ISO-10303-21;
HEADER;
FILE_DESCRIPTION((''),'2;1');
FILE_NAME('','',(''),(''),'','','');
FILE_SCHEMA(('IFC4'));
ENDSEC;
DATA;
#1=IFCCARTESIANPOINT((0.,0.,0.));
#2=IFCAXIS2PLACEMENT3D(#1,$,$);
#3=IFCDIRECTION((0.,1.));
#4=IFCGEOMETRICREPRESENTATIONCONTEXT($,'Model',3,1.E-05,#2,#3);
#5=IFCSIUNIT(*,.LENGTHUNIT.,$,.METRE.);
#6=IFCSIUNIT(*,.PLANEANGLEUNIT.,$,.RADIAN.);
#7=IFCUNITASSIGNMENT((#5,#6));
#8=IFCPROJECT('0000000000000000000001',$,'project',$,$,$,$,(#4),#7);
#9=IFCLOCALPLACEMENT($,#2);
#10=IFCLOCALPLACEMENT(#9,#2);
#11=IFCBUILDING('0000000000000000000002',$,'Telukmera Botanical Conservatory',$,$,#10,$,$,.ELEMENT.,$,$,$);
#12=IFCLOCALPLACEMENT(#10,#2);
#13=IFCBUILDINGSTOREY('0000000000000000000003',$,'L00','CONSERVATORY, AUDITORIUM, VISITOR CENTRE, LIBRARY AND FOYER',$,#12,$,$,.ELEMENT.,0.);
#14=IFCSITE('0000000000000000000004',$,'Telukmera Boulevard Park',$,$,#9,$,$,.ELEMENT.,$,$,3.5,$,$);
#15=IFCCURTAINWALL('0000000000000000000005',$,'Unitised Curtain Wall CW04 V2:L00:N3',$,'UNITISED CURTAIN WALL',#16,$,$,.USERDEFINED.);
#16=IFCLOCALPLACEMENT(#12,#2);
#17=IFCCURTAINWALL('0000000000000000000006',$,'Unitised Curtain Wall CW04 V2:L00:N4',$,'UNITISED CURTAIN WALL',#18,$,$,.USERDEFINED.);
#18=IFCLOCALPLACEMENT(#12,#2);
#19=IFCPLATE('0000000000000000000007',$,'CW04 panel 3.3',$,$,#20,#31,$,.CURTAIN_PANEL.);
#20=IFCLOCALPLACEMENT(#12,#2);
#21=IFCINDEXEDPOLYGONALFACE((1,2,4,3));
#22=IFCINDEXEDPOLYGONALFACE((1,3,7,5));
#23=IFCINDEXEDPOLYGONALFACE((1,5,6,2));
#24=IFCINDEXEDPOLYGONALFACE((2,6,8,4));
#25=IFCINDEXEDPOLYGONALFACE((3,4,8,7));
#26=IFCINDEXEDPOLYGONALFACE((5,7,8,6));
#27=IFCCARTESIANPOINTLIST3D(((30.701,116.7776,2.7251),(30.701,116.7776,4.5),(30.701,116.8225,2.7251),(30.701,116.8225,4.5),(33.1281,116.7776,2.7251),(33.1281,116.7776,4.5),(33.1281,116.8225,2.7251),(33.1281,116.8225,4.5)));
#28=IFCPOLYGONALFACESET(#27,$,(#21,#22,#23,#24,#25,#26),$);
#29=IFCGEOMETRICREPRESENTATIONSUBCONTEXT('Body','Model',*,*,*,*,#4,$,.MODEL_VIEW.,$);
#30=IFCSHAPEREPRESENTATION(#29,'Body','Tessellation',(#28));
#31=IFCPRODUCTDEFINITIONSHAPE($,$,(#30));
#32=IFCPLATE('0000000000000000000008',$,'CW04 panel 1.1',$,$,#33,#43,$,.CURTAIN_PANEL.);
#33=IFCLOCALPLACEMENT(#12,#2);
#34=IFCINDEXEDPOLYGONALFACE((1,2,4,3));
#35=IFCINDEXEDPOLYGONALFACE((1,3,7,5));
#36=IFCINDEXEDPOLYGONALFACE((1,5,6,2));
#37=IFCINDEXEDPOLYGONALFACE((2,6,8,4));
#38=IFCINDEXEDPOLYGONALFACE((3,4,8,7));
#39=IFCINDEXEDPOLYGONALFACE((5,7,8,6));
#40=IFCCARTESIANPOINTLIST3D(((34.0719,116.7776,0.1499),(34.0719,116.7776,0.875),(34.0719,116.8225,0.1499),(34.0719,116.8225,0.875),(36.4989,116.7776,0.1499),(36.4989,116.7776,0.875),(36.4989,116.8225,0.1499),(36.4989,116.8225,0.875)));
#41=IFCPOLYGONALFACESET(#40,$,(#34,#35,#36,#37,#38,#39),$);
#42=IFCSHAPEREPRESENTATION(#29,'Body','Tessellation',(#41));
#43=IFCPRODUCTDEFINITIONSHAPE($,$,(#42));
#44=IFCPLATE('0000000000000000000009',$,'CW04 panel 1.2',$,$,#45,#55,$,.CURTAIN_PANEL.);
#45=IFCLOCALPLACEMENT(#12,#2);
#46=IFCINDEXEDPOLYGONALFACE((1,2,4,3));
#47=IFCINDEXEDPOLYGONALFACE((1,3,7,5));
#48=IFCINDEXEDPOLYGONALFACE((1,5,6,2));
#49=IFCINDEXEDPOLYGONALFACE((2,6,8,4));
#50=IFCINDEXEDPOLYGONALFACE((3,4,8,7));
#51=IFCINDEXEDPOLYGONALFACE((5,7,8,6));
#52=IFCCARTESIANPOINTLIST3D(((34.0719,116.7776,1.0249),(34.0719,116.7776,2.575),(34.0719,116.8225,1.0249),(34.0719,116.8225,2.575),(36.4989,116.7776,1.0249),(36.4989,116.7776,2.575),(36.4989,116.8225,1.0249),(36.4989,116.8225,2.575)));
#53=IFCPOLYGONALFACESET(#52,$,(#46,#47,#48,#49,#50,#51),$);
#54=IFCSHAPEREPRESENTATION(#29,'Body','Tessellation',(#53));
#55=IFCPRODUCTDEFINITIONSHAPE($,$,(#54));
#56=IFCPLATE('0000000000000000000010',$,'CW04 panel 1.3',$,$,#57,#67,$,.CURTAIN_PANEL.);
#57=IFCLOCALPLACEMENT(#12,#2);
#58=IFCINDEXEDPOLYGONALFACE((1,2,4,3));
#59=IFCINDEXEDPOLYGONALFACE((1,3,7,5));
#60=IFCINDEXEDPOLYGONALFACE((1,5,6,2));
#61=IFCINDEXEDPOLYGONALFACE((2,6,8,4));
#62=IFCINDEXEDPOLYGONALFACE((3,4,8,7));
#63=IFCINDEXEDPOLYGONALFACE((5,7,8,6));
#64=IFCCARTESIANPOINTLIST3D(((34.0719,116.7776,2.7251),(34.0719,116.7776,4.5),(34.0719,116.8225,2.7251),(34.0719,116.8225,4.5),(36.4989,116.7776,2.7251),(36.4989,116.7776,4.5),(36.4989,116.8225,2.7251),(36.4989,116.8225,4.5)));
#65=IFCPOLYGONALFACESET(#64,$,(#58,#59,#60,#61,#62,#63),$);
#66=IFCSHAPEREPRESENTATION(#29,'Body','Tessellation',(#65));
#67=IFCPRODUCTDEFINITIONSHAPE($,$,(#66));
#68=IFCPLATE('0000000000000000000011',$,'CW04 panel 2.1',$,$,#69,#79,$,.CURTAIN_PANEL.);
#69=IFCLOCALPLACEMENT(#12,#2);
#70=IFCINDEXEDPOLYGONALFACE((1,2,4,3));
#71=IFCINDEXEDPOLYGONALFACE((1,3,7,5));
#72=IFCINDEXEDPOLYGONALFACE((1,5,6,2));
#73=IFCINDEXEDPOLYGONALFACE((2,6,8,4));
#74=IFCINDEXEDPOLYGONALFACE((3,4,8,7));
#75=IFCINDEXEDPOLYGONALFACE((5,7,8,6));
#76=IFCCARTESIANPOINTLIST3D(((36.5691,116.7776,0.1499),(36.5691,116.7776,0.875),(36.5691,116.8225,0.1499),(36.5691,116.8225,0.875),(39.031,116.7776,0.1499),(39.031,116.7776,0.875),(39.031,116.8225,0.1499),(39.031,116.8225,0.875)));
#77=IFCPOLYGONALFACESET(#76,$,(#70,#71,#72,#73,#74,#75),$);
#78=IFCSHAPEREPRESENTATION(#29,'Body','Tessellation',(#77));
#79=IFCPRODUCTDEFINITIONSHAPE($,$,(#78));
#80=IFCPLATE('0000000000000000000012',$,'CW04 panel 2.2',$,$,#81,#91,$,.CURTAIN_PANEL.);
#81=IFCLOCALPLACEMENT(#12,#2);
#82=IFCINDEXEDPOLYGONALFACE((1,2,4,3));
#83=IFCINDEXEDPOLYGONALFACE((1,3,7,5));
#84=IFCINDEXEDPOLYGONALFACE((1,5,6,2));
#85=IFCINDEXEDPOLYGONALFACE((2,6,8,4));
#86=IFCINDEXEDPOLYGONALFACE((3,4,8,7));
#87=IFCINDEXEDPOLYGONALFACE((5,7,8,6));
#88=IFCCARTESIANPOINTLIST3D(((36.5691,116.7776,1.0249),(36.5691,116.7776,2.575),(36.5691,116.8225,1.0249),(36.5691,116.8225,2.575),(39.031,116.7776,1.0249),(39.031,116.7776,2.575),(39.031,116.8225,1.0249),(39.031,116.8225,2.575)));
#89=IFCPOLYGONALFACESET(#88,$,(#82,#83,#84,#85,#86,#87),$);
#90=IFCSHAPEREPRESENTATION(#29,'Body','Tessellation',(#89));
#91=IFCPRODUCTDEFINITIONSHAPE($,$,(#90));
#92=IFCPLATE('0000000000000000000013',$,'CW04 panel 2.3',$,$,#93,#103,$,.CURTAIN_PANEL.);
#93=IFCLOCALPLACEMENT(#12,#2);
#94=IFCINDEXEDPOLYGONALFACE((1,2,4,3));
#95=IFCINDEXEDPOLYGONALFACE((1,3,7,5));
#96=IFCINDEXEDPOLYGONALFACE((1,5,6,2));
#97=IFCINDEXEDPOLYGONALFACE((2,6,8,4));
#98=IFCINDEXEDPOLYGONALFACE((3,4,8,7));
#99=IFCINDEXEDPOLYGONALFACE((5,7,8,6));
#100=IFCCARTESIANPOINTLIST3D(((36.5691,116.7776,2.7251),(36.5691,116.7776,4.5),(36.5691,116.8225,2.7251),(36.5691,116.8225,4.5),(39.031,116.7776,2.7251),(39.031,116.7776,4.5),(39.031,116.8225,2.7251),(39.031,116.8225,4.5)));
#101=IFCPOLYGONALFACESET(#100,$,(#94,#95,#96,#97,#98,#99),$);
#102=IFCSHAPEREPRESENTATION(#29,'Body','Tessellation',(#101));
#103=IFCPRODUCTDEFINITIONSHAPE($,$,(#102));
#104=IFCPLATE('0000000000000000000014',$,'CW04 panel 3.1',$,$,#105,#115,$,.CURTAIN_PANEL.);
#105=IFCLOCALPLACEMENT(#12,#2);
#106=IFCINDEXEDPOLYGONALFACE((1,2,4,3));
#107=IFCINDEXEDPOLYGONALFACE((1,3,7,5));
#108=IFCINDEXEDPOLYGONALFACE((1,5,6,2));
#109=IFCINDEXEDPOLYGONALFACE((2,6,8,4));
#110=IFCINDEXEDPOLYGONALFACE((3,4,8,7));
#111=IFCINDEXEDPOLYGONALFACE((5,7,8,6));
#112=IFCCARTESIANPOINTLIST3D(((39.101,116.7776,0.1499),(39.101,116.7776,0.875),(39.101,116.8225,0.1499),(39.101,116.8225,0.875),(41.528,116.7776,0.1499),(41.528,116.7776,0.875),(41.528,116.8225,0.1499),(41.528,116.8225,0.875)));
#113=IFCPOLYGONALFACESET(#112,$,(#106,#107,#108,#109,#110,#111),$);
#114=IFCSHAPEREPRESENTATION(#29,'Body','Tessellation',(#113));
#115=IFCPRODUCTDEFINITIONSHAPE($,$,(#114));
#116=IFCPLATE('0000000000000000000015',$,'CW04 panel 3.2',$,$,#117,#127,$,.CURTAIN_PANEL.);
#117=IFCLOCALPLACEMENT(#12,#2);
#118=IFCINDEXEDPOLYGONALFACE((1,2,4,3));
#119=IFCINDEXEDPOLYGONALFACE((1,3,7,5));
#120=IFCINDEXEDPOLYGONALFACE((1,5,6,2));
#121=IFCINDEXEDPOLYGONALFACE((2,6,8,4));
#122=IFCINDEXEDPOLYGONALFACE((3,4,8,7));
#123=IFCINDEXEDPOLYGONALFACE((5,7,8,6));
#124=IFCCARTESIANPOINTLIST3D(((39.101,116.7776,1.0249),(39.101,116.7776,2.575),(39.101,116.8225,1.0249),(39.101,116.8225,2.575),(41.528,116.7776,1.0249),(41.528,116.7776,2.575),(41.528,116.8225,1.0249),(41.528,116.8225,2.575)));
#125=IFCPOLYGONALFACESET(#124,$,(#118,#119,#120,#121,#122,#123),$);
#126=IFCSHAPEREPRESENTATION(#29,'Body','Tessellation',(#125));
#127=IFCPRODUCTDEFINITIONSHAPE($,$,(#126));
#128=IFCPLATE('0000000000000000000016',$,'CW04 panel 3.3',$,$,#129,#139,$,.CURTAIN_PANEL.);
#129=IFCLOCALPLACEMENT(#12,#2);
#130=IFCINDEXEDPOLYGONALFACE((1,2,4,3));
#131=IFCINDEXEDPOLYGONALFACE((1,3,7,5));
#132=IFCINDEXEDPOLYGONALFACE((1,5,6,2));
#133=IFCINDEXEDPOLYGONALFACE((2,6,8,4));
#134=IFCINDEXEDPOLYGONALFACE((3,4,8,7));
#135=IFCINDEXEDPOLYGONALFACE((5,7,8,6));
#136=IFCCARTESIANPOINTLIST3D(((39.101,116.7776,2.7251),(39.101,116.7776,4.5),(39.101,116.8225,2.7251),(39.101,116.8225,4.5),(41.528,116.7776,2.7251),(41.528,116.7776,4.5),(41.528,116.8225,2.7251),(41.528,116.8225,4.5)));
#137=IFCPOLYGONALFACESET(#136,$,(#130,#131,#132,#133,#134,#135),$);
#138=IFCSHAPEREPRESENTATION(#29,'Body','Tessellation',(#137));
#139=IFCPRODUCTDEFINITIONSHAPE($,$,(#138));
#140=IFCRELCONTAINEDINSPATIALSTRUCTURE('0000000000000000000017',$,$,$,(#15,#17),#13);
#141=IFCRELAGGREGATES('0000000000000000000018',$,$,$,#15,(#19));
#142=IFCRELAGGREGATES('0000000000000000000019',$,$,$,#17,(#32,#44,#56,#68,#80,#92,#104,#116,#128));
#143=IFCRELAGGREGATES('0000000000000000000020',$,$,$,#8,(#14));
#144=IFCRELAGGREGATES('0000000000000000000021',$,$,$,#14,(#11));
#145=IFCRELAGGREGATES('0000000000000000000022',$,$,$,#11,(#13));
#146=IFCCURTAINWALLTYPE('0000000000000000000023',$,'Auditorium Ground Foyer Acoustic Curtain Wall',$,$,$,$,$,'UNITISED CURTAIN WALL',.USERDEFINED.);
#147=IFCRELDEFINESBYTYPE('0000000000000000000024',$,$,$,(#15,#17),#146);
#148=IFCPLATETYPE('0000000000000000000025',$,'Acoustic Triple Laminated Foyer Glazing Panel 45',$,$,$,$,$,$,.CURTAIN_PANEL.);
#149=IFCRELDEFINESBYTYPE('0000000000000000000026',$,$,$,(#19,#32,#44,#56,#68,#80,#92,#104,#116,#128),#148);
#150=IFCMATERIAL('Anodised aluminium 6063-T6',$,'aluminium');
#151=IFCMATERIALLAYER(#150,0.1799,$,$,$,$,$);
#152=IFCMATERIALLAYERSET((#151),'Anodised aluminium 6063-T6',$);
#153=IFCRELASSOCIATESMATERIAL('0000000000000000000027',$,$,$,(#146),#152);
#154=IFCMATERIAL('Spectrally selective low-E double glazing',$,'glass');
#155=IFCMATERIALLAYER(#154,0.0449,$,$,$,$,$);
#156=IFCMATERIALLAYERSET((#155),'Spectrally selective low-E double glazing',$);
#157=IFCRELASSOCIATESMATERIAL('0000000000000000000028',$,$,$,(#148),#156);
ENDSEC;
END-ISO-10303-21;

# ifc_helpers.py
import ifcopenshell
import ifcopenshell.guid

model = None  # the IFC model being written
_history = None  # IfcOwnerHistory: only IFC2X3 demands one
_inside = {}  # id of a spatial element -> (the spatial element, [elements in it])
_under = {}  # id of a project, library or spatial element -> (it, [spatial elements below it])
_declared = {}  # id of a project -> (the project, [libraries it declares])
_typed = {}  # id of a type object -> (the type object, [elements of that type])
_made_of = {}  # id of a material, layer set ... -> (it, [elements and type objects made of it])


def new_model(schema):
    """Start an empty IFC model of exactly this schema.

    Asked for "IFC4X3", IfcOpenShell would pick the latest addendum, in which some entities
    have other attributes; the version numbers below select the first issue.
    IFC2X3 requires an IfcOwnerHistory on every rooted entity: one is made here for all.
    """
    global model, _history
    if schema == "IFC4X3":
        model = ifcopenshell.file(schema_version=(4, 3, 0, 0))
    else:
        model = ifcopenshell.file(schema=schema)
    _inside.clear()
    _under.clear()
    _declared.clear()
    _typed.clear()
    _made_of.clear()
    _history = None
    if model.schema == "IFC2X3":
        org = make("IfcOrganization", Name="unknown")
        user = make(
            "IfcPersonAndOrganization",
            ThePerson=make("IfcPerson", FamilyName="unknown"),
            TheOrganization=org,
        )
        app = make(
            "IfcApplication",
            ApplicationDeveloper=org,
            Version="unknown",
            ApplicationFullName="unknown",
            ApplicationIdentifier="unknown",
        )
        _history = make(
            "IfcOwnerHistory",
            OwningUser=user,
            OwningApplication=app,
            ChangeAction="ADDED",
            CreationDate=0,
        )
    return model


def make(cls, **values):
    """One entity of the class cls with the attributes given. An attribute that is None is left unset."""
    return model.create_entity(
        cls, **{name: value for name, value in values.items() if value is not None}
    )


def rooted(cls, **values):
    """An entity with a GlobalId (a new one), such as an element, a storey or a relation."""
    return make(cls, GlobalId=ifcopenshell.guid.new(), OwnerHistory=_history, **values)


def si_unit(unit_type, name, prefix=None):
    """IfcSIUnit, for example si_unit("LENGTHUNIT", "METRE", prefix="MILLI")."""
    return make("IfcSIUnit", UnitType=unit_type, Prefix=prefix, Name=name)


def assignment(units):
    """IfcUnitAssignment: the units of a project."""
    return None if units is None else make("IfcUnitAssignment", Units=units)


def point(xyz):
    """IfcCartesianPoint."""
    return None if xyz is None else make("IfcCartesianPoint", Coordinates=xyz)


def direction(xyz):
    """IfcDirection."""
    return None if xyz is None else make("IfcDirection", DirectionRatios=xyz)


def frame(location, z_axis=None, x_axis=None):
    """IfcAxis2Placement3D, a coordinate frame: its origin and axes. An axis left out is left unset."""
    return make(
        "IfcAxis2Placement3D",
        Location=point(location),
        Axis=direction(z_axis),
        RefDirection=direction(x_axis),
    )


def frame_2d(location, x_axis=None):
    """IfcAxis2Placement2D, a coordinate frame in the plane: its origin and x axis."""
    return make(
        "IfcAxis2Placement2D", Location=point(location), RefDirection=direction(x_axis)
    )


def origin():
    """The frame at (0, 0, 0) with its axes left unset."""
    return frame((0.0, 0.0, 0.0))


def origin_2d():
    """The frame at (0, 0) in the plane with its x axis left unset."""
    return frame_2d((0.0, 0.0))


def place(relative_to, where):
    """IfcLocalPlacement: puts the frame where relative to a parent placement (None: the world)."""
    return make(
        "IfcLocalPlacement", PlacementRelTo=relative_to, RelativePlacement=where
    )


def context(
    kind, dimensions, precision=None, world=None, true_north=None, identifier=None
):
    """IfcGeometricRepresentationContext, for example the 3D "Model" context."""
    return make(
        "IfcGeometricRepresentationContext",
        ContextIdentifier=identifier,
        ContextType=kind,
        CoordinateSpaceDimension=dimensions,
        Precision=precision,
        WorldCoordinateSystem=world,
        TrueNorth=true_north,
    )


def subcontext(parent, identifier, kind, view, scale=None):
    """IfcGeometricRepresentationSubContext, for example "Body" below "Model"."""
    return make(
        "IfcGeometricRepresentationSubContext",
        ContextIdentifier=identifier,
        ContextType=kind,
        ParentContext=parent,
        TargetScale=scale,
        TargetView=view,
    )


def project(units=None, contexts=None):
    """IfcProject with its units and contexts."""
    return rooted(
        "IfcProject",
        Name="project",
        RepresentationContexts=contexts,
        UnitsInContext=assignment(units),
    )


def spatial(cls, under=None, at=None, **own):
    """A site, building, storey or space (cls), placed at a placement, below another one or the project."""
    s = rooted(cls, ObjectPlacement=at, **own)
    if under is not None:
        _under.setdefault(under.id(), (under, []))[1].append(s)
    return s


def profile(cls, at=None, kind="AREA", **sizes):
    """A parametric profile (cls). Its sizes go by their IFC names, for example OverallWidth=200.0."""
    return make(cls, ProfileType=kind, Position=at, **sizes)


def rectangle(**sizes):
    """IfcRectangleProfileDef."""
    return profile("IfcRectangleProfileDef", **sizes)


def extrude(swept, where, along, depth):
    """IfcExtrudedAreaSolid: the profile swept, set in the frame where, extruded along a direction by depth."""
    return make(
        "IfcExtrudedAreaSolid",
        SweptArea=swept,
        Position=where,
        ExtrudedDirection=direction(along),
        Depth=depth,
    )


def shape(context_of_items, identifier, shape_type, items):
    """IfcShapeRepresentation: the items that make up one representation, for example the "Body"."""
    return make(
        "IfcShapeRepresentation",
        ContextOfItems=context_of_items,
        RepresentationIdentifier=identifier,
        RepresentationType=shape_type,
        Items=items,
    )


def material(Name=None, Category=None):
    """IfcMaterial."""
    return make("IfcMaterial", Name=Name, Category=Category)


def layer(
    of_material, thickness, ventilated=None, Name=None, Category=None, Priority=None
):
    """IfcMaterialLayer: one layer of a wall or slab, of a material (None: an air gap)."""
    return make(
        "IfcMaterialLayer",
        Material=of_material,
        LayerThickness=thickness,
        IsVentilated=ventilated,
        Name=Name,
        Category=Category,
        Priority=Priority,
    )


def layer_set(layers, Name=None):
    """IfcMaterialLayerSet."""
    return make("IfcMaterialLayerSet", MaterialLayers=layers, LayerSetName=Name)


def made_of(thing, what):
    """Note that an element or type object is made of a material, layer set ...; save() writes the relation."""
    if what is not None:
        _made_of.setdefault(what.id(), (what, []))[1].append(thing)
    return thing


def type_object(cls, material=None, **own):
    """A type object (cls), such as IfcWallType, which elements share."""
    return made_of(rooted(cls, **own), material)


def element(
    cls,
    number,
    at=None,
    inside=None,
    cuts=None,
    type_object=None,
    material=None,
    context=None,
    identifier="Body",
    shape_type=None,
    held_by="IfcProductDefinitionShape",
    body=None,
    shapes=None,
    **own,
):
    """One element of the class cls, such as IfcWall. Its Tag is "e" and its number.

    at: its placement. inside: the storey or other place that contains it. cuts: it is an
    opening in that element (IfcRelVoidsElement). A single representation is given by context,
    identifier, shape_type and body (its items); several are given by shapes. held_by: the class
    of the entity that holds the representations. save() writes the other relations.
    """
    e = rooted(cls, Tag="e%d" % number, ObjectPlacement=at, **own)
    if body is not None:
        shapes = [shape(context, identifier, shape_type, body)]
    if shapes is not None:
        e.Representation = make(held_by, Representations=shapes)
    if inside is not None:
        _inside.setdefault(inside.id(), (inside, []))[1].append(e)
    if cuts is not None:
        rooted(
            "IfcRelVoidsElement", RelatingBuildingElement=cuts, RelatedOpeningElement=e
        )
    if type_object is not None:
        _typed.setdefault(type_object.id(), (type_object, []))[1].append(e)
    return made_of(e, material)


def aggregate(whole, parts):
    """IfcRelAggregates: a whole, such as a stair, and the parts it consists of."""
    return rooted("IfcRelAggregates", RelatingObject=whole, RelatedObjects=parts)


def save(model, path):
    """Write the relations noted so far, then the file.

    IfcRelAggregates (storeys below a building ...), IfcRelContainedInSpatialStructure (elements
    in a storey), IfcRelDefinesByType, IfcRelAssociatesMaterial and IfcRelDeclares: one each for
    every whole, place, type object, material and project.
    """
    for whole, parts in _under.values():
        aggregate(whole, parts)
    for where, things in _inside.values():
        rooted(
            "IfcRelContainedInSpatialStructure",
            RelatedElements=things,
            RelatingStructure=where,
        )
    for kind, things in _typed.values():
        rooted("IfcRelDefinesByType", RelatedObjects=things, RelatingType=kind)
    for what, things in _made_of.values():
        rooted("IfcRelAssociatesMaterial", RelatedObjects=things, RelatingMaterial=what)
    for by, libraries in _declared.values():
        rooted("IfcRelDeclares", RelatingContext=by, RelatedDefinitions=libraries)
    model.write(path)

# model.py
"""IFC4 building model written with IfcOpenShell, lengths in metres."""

from ifc_helpers import new_model, si_unit, direction, frame, origin, origin_2d, place, context, subcontext, project, spatial, rectangle, extrude, material, layer, layer_set, type_object, element, aggregate, save


model = new_model("IFC4")

# Units and contexts
model_context = context("Model", 3, precision=1e-05, world=origin(), true_north=direction((0.0, 1.0)))
body_context = subcontext(model_context, "Body", "Model", "MODEL_VIEW")
ifc_project = project(units=[si_unit("LENGTHUNIT", "METRE"), si_unit("PLANEANGLEUNIT", "RADIAN")], contexts=[model_context])

# Site, building, storey
site_placement = place(None, origin())
site = spatial("IfcSite", under=ifc_project, at=site_placement, Name="Telukmera Boulevard Park", CompositionType="ELEMENT", RefElevation=3.5)
building_placement = place(site_placement, origin())
building = spatial("IfcBuilding", under=site, at=building_placement, Name="Telukmera Botanical Conservatory", CompositionType="ELEMENT")
storey_placement = place(building_placement, origin())
storey = spatial("IfcBuildingStorey", under=building, at=storey_placement, Name="L00", Description="CONSERVATORY, AUDITORIUM, VISITOR CENTRE, LIBRARY AND FOYER", CompositionType="ELEMENT", Elevation=0.0)

# Curtain wall
ifc_material_1 = material(Name="Anodised aluminium 6063-T6", Category="aluminium")
ifc_layer_1 = layer(ifc_material_1, 0.1799)
ifc_layer_set_1 = layer_set([ifc_layer_1], Name="Anodised aluminium 6063-T6")
curtain_wall_type = type_object("IfcCurtainWallType", Name="Auditorium Ground Foyer Acoustic Curtain Wall", ElementType="UNITISED CURTAIN WALL", PredefinedType="USERDEFINED", material=ifc_layer_set_1)
curtain_wall_1_placement = place(storey_placement, origin())
curtain_wall_1 = element("IfcCurtainWall", 1, at=curtain_wall_1_placement, inside=storey, type_object=curtain_wall_type, Name="Unitised Curtain Wall CW04 V2:L00:N3", ObjectType="UNITISED CURTAIN WALL", PredefinedType="USERDEFINED")

# Curtain wall
curtain_wall_2_placement = place(storey_placement, origin())
curtain_wall_2 = element("IfcCurtainWall", 2, at=curtain_wall_2_placement, inside=storey, type_object=curtain_wall_type, Name="Unitised Curtain Wall CW04 V2:L00:N4", ObjectType="UNITISED CURTAIN WALL", PredefinedType="USERDEFINED")

# Plates
ifc_material_2 = material(Name="Spectrally selective low-E double glazing", Category="glass")
ifc_layer_2 = layer(ifc_material_2, 0.0449)
ifc_layer_set_2 = layer_set([ifc_layer_2], Name="Spectrally selective low-E double glazing")
plate_type = type_object("IfcPlateType", Name="Acoustic Triple Laminated Foyer Glazing Panel 45", PredefinedType="CURTAIN_PANEL", material=ifc_layer_set_2)
plate_1_placement = place(storey_placement, frame((31.9146, 116.8, 2.7251), z_axis=(0.0, 0.0, 1.0), x_axis=(1.0, 0.0, 0.0)))
plate_1 = element("IfcPlate", 3, at=plate_1_placement, type_object=plate_type, Name="CW04 panel 3.3", PredefinedType="CURTAIN_PANEL", context=body_context, shape_type="SweptSolid", body=[
    extrude(rectangle(XDim=2.427, YDim=0.0449, at=origin_2d()), origin(), (0.0, 0.0, 1.0), 1.7749),
])
aggregate(curtain_wall_1, [plate_1])
plate_2_placement = place(storey_placement, frame((35.2854, 116.8, 0.1499), z_axis=(0.0, 0.0, 1.0), x_axis=(1.0, 0.0, 0.0)))
plate_2 = element("IfcPlate", 4, at=plate_2_placement, type_object=plate_type, Name="CW04 panel 1.1", PredefinedType="CURTAIN_PANEL", context=body_context, shape_type="SweptSolid", body=[
    extrude(rectangle(XDim=2.427, YDim=0.0449, at=origin_2d()), origin(), (0.0, 0.0, 1.0), 0.7251),
])
plate_3_placement = place(storey_placement, frame((35.2854, 116.8, 1.0249), z_axis=(0.0, 0.0, 1.0), x_axis=(1.0, 0.0, 0.0)))
plate_3 = element("IfcPlate", 5, at=plate_3_placement, type_object=plate_type, Name="CW04 panel 1.2", PredefinedType="CURTAIN_PANEL", context=body_context, shape_type="SweptSolid", body=[
    extrude(rectangle(XDim=2.427, YDim=0.0449, at=origin_2d()), origin(), (0.0, 0.0, 1.0), 1.55),
])
plate_4_placement = place(storey_placement, frame((35.2854, 116.8, 2.7251), z_axis=(0.0, 0.0, 1.0), x_axis=(1.0, 0.0, 0.0)))
plate_4 = element("IfcPlate", 6, at=plate_4_placement, type_object=plate_type, Name="CW04 panel 1.3", PredefinedType="CURTAIN_PANEL", context=body_context, shape_type="SweptSolid", body=[
    extrude(rectangle(XDim=2.427, YDim=0.0449, at=origin_2d()), origin(), (0.0, 0.0, 1.0), 1.7749),
])
plate_5_placement = place(storey_placement, frame((37.8, 116.8, 0.1499), z_axis=(0.0, 0.0, 1.0), x_axis=(1.0, 0.0, 0.0)))
plate_5 = element("IfcPlate", 7, at=plate_5_placement, type_object=plate_type, Name="CW04 panel 2.1", PredefinedType="CURTAIN_PANEL", context=body_context, shape_type="SweptSolid", body=[
    extrude(rectangle(XDim=2.4619, YDim=0.0449, at=origin_2d()), origin(), (0.0, 0.0, 1.0), 0.7251),
])
plate_6_placement = place(storey_placement, frame((37.8, 116.8, 1.0249), z_axis=(0.0, 0.0, 1.0), x_axis=(1.0, 0.0, 0.0)))
plate_6 = element("IfcPlate", 8, at=plate_6_placement, type_object=plate_type, Name="CW04 panel 2.2", PredefinedType="CURTAIN_PANEL", context=body_context, shape_type="SweptSolid", body=[
    extrude(rectangle(XDim=2.4619, YDim=0.0449, at=origin_2d()), origin(), (0.0, 0.0, 1.0), 1.55),
])
plate_7_placement = place(storey_placement, frame((37.8, 116.8, 2.7251), z_axis=(0.0, 0.0, 1.0), x_axis=(1.0, 0.0, 0.0)))
plate_7 = element("IfcPlate", 9, at=plate_7_placement, type_object=plate_type, Name="CW04 panel 2.3", PredefinedType="CURTAIN_PANEL", context=body_context, shape_type="SweptSolid", body=[
    extrude(rectangle(XDim=2.4619, YDim=0.0449, at=origin_2d()), origin(), (0.0, 0.0, 1.0), 1.7749),
])
plate_8_placement = place(storey_placement, frame((40.3145, 116.8, 0.1499), z_axis=(0.0, 0.0, 1.0), x_axis=(1.0, 0.0, 0.0)))
plate_8 = element("IfcPlate", 10, at=plate_8_placement, type_object=plate_type, Name="CW04 panel 3.1", PredefinedType="CURTAIN_PANEL", context=body_context, shape_type="SweptSolid", body=[
    extrude(rectangle(XDim=2.427, YDim=0.0449, at=origin_2d()), origin(), (0.0, 0.0, 1.0), 0.7251),
])
plate_9_placement = place(storey_placement, frame((40.3145, 116.8, 1.0249), z_axis=(0.0, 0.0, 1.0), x_axis=(1.0, 0.0, 0.0)))
plate_9 = element("IfcPlate", 11, at=plate_9_placement, type_object=plate_type, Name="CW04 panel 3.2", PredefinedType="CURTAIN_PANEL", context=body_context, shape_type="SweptSolid", body=[
    extrude(rectangle(XDim=2.427, YDim=0.0449, at=origin_2d()), origin(), (0.0, 0.0, 1.0), 1.55),
])
plate_10_placement = place(storey_placement, frame((40.3145, 116.8, 2.7251), z_axis=(0.0, 0.0, 1.0), x_axis=(1.0, 0.0, 0.0)))
plate_10 = element("IfcPlate", 12, at=plate_10_placement, type_object=plate_type, Name="CW04 panel 3.3", PredefinedType="CURTAIN_PANEL", context=body_context, shape_type="SweptSolid", body=[
    extrude(rectangle(XDim=2.427, YDim=0.0449, at=origin_2d()), origin(), (0.0, 0.0, 1.0), 1.7749),
])
aggregate(curtain_wall_2, [plate_2, plate_3, plate_4, plate_5, plate_6, plate_7, plate_8, plate_9, plate_10])

save(model, "model.ifc")
